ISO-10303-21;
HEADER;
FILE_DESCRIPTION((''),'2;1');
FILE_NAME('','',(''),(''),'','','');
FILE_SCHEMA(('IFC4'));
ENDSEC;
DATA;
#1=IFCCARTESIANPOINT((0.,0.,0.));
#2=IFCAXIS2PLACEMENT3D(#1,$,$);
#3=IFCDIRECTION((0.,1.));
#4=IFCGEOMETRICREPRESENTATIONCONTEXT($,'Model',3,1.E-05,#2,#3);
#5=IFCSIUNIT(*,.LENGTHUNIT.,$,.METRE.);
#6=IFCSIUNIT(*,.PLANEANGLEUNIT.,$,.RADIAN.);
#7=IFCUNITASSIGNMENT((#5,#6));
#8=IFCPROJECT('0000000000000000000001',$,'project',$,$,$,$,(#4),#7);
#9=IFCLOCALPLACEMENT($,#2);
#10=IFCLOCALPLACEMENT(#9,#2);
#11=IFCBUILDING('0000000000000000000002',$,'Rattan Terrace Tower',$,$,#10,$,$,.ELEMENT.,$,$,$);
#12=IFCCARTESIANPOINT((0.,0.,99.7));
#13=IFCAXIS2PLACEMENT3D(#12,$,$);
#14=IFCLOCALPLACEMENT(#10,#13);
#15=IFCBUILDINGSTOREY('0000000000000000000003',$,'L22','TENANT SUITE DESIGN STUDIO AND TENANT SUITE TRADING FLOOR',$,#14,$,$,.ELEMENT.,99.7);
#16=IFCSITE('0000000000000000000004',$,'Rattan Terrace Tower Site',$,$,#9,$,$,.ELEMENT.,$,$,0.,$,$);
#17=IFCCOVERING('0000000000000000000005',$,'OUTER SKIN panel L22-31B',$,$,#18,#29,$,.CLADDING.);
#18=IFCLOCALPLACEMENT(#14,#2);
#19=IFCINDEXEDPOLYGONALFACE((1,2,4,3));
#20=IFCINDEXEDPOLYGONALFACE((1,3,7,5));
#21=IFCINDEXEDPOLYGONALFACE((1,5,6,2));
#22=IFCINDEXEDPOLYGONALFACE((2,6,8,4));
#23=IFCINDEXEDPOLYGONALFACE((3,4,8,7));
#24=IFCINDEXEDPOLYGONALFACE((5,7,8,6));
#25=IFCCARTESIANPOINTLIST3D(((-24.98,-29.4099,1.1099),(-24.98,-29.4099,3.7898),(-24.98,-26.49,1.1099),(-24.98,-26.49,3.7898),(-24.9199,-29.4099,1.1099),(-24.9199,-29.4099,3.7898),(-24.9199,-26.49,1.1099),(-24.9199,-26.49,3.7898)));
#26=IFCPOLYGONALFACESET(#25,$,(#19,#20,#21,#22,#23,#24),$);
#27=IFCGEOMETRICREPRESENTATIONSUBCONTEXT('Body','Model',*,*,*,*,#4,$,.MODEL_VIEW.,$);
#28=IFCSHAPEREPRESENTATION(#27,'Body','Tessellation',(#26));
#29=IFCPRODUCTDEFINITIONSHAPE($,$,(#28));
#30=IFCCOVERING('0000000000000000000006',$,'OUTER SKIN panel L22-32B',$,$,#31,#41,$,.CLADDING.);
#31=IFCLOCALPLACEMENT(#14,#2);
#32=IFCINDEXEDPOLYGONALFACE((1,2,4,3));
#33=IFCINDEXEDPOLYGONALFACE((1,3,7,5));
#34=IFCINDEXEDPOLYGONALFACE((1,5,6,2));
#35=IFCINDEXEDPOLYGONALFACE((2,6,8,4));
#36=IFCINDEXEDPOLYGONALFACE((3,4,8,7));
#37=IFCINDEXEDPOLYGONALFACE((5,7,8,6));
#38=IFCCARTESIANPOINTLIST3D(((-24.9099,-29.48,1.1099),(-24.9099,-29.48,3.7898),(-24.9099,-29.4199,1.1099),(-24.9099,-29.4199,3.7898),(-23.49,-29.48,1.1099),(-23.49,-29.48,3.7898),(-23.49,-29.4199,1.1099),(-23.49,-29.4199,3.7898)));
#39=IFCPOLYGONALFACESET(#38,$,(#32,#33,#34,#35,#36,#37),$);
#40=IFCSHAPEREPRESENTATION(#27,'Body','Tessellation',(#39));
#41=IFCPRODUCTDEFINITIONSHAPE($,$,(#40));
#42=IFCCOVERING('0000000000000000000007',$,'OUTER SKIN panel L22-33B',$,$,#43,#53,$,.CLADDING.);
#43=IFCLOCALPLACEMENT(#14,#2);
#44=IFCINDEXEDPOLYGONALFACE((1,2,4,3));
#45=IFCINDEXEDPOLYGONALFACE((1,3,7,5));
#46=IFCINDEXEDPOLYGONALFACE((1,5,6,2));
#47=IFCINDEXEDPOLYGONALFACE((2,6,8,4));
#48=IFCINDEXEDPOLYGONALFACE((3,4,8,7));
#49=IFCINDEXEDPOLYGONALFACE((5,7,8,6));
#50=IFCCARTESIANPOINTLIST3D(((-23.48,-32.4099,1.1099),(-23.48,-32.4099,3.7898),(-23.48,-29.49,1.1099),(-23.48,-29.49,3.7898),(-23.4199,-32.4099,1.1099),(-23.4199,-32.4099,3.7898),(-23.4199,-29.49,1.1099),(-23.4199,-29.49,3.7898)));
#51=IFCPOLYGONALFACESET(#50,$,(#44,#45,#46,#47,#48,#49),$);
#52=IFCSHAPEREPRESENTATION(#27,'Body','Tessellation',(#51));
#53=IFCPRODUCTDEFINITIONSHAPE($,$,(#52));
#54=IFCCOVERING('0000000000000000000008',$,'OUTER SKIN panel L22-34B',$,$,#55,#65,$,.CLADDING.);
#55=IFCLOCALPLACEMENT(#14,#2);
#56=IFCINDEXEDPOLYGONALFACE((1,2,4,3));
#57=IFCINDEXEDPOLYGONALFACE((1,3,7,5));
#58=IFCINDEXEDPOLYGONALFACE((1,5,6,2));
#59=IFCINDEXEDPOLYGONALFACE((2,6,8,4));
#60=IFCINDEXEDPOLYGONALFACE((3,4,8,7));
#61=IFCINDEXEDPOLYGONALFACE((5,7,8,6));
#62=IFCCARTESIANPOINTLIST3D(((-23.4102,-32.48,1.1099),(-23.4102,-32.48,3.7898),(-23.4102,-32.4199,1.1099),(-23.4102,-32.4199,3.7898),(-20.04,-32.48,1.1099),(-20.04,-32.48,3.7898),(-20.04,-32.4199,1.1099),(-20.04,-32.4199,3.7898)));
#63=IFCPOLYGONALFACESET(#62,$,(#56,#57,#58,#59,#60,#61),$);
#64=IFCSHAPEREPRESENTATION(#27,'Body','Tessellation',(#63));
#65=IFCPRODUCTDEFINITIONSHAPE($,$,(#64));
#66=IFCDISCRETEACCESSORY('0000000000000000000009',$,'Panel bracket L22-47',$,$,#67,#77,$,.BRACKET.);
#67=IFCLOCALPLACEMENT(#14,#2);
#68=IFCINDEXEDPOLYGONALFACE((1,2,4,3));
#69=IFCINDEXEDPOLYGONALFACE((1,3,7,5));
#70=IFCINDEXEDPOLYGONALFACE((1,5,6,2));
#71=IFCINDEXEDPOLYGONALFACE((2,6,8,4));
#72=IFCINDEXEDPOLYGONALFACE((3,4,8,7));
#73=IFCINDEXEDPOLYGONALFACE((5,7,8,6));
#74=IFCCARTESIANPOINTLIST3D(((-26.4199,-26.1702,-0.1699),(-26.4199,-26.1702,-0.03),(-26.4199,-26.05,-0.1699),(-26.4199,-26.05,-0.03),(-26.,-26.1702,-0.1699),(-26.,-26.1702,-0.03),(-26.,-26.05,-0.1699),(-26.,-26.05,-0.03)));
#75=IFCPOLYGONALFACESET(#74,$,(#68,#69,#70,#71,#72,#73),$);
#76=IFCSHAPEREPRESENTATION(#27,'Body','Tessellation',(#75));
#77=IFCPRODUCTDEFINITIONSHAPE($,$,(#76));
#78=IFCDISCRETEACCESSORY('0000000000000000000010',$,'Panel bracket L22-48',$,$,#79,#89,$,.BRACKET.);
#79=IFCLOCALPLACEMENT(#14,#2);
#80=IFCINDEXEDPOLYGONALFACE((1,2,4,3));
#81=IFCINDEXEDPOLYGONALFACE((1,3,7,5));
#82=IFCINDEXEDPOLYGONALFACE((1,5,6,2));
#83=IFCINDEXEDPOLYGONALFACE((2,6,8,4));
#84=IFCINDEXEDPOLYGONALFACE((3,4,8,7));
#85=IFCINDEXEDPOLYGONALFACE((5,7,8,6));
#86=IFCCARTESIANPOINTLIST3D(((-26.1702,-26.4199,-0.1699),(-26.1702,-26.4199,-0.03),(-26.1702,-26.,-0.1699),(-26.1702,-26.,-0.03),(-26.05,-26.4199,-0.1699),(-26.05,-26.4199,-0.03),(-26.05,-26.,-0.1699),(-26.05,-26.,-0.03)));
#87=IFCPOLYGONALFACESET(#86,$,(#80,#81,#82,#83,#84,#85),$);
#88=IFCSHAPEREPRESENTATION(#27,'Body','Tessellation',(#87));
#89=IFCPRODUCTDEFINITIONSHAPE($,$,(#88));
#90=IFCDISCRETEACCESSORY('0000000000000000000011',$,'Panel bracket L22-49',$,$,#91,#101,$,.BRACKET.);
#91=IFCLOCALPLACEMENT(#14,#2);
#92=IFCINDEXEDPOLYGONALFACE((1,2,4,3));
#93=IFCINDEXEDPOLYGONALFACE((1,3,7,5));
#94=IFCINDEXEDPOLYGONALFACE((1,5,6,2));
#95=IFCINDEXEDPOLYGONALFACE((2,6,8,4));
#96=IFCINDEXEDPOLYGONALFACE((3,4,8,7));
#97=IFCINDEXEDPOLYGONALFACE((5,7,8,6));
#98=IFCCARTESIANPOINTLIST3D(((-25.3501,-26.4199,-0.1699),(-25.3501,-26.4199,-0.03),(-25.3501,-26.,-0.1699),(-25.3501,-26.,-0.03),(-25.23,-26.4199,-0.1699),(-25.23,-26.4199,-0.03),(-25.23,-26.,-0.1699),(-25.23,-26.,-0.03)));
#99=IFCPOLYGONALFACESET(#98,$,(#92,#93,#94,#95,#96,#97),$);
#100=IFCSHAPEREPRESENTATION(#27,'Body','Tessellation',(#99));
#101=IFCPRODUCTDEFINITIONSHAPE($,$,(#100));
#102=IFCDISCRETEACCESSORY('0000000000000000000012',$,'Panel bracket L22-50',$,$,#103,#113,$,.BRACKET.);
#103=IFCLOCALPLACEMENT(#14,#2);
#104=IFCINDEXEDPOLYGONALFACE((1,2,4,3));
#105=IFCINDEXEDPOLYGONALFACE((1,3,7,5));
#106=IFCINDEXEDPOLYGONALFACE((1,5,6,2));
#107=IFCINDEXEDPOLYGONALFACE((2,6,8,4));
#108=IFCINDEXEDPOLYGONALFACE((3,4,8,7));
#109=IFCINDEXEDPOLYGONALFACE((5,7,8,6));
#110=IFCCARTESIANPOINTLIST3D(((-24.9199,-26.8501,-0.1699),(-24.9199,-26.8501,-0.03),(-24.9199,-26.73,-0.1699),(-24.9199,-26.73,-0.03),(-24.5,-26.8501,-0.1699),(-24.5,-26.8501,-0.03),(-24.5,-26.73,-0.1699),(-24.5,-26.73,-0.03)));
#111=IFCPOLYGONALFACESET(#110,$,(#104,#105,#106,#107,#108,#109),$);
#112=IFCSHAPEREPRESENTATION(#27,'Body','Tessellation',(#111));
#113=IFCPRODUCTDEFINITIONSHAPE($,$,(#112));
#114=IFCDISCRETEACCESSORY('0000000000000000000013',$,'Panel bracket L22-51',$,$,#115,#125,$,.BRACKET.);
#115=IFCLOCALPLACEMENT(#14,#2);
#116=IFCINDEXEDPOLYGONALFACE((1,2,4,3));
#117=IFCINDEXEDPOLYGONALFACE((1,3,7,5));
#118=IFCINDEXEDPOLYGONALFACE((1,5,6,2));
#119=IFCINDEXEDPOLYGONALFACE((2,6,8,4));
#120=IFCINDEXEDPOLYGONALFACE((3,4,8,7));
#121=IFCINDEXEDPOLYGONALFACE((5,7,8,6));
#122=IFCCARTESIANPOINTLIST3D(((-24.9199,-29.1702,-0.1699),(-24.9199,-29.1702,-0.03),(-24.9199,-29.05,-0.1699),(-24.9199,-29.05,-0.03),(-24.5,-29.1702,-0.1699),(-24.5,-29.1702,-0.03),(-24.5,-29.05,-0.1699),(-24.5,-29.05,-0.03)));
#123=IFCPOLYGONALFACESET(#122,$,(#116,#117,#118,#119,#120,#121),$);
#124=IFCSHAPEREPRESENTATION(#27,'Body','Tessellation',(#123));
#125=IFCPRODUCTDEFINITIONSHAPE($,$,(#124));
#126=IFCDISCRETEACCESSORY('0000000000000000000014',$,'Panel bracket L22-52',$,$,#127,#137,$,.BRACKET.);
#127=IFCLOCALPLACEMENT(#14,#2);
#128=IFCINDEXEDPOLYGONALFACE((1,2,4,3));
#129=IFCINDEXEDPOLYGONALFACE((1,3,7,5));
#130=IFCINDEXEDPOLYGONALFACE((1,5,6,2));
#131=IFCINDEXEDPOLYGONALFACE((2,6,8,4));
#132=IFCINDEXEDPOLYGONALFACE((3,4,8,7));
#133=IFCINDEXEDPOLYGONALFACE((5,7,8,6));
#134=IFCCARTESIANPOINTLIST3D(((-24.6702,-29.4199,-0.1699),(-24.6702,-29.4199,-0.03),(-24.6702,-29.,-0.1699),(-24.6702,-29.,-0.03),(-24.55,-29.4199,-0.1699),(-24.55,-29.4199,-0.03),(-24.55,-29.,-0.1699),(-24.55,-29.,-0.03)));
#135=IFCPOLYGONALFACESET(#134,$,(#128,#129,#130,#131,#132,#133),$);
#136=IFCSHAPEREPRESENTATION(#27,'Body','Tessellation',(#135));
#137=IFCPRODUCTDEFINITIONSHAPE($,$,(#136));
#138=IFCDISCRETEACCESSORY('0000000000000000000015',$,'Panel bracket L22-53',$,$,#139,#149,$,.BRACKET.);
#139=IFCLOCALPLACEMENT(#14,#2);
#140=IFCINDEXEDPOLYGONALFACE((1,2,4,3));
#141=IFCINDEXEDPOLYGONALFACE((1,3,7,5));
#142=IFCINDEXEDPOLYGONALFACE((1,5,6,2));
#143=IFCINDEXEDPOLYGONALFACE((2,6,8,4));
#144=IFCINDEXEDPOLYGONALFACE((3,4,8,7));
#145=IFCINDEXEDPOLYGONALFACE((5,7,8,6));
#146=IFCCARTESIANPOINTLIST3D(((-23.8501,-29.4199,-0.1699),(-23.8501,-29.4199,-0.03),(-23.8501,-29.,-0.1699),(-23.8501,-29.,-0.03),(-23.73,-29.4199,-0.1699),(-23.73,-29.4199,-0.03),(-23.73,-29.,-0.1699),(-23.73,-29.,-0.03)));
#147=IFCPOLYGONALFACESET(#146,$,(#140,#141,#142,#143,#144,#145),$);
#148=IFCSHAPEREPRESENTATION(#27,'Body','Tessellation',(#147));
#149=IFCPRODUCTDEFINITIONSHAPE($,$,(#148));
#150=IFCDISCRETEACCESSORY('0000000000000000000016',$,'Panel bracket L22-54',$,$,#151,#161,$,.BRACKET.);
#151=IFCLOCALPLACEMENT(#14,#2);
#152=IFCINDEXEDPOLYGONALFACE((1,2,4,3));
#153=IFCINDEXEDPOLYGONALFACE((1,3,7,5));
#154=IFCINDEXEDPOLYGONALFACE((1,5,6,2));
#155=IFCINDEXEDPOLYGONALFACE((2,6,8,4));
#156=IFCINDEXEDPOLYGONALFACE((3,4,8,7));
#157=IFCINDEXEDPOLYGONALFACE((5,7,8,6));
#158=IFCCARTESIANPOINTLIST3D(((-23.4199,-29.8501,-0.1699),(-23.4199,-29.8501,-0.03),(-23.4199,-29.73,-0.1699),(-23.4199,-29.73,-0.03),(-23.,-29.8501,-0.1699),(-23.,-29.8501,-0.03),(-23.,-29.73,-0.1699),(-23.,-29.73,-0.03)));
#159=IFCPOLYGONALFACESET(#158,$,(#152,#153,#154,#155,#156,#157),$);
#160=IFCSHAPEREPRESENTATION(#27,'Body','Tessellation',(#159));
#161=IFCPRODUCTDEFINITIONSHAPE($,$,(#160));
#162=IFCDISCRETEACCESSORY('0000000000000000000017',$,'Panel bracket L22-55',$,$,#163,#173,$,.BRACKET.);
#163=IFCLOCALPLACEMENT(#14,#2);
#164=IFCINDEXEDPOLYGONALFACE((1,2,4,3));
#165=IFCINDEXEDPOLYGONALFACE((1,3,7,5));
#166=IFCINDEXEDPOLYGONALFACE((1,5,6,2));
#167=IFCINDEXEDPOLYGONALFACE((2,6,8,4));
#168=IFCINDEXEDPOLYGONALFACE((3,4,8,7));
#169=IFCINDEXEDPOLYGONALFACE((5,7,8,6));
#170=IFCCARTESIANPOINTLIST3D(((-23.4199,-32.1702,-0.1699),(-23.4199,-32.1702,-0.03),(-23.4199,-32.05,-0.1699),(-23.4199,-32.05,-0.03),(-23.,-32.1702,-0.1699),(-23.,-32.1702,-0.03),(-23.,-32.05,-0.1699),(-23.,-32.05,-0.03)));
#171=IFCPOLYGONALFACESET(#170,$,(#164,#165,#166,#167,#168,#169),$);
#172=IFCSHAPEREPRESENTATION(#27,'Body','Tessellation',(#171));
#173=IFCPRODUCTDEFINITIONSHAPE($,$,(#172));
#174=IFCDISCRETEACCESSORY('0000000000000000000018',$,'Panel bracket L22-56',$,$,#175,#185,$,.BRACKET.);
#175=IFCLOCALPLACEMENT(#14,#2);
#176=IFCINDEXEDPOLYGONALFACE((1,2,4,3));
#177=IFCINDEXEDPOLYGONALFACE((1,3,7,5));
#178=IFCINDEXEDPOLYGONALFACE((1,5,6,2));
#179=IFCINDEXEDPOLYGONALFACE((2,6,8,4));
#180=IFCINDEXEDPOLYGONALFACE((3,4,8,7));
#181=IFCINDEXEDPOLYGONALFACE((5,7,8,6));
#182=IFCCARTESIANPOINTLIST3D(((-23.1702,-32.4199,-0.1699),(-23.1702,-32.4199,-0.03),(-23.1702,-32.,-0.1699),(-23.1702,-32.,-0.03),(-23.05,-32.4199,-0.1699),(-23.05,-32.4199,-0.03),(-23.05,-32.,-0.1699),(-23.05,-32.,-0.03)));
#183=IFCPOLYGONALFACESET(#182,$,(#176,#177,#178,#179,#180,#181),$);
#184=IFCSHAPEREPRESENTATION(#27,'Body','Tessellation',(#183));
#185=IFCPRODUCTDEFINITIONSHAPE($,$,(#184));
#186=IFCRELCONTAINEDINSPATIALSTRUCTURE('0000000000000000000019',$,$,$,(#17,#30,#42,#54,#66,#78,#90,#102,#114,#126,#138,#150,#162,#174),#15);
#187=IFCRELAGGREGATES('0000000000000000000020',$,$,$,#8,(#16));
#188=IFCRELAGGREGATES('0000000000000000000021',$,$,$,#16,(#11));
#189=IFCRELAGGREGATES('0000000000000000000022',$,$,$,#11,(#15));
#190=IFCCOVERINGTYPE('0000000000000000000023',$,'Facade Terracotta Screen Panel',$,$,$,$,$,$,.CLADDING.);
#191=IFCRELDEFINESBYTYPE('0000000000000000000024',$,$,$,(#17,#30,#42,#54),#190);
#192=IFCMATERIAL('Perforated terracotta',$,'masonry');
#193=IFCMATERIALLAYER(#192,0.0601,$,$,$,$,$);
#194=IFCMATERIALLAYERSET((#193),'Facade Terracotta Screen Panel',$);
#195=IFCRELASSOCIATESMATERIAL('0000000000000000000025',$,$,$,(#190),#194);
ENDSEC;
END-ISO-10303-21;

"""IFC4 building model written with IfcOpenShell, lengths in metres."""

from ifc_helpers import new_model, si_unit, direction, frame, origin, origin_2d, place, context, subcontext, project, spatial, rectangle, extrude, material, layer, layer_set, type_object, element, save


model = new_model("IFC4")

# Units and contexts
model_context = context("Model", 3, precision=1e-05, world=origin(), true_north=direction((0.0, 1.0)))
body_context = subcontext(model_context, "Body", "Model", "MODEL_VIEW")
ifc_project = project(units=[si_unit("LENGTHUNIT", "METRE"), si_unit("PLANEANGLEUNIT", "RADIAN")], contexts=[model_context])

# Site, building, storey
site_placement = place(None, origin())
site = spatial("IfcSite", under=ifc_project, at=site_placement, Name="Rattan Terrace Tower Site", CompositionType="ELEMENT", RefElevation=0.0)
building_placement = place(site_placement, origin())
building = spatial("IfcBuilding", under=site, at=building_placement, Name="Rattan Terrace Tower", CompositionType="ELEMENT")
storey_placement = place(building_placement, frame((0.0, 0.0, 99.7)))
storey = spatial("IfcBuildingStorey", under=building, at=storey_placement, Name="L22", Description="TENANT SUITE DESIGN STUDIO AND TENANT SUITE TRADING FLOOR", CompositionType="ELEMENT", Elevation=99.7)

# Coverings
ifc_material_1 = material(Name="Perforated terracotta", Category="masonry")
ifc_layer_1 = layer(ifc_material_1, 0.0601)
ifc_layer_set_1 = layer_set([ifc_layer_1], Name="Facade Terracotta Screen Panel")
covering_type_1 = type_object("IfcCoveringType", Name="Facade Terracotta Screen Panel", PredefinedType="CLADDING", material=ifc_layer_set_1)
covering_1_placement = place(storey_placement, frame((-24.95, -27.95, 1.1099), z_axis=(0.0, 0.0, 1.0), x_axis=(0.0, -1.0, 0.0)))
element("IfcCovering", 1, at=covering_1_placement, inside=storey, type_object=covering_type_1, Name="OUTER SKIN panel L22-31B", PredefinedType="CLADDING", context=body_context, shape_type="SweptSolid", body=[
    extrude(rectangle(XDim=2.9199, YDim=0.0601, at=origin_2d()), origin(), (0.0, 0.0, 1.0), 2.6799),
])
covering_2_placement = place(storey_placement, frame((-24.2, -29.45, 1.1099), z_axis=(0.0, 0.0, 1.0), x_axis=(1.0, 0.0, 0.0)))
element("IfcCovering", 2, at=covering_2_placement, inside=storey, type_object=covering_type_1, Name="OUTER SKIN panel L22-32B", PredefinedType="CLADDING", context=body_context, shape_type="SweptSolid", body=[
    extrude(rectangle(XDim=1.4199, YDim=0.0601, at=origin_2d()), origin(), (0.0, 0.0, 1.0), 2.6799),
])
covering_3_placement = place(storey_placement, frame((-23.45, -30.95, 1.1099), z_axis=(0.0, 0.0, 1.0), x_axis=(0.0, -1.0, 0.0)))
element("IfcCovering", 3, at=covering_3_placement, inside=storey, type_object=covering_type_1, Name="OUTER SKIN panel L22-33B", PredefinedType="CLADDING", context=body_context, shape_type="SweptSolid", body=[
    extrude(rectangle(XDim=2.9199, YDim=0.0601, at=origin_2d()), origin(), (0.0, 0.0, 1.0), 2.6799),
])
covering_4_placement = place(storey_placement, frame((-21.7251, -32.45, 1.1099), z_axis=(0.0, 0.0, 1.0), x_axis=(1.0, 0.0, 0.0)))
element("IfcCovering", 4, at=covering_4_placement, inside=storey, type_object=covering_type_1, Name="OUTER SKIN panel L22-34B", PredefinedType="CLADDING", context=body_context, shape_type="SweptSolid", body=[
    extrude(rectangle(XDim=3.3701, YDim=0.0601, at=origin_2d()), origin(), (0.0, 0.0, 1.0), 2.6799),
])

# Discrete accessories
for number, where, z_axis, x_axis, name in (
    (5, (-26.21, -26.1101, -0.1699), (0.0, 0.0, 1.0), (0.0, -1.0, 0.0), "Panel bracket L22-47"),
    (6, (-26.1101, -26.21, -0.1699), (0.0, 0.0, 1.0), (1.0, 0.0, 0.0), "Panel bracket L22-48"),
    (7, (-25.29, -26.21, -0.1699), (0.0, 0.0, 1.0), (1.0, 0.0, 0.0), "Panel bracket L22-49"),
    (8, (-24.71, -26.79, -0.1699), (0.0, 0.0, 1.0), (0.0, -1.0, 0.0), "Panel bracket L22-50"),
    (9, (-24.71, -29.1101, -0.1699), (0.0, 0.0, 1.0), (0.0, -1.0, 0.0), "Panel bracket L22-51"),
    (10, (-24.6101, -29.21, -0.1699), (0.0, 0.0, 1.0), (1.0, 0.0, 0.0), "Panel bracket L22-52"),
    (11, (-23.79, -29.21, -0.1699), (0.0, 0.0, 1.0), (1.0, 0.0, 0.0), "Panel bracket L22-53"),
    (12, (-23.21, -29.79, -0.1699), (0.0, 0.0, 1.0), (0.0, -1.0, 0.0), "Panel bracket L22-54"),
    (13, (-23.21, -32.1101, -0.1699), (0.0, 0.0, 1.0), (0.0, -1.0, 0.0), "Panel bracket L22-55"),
    (14, (-23.1101, -32.21, -0.1699), (0.0, 0.0, 1.0), (1.0, 0.0, 0.0), "Panel bracket L22-56"),
):
    element("IfcDiscreteAccessory", number, at=place(storey_placement, frame(where, z_axis=z_axis, x_axis=x_axis)), inside=storey, Name=name, PredefinedType="BRACKET", context=body_context, shape_type="SweptSolid", body=[
        extrude(rectangle(XDim=0.1201, YDim=0.4199, at=origin_2d()), origin(), (0.0, 0.0, 1.0), 0.1399),
    ])

save(model, "model.ifc")
